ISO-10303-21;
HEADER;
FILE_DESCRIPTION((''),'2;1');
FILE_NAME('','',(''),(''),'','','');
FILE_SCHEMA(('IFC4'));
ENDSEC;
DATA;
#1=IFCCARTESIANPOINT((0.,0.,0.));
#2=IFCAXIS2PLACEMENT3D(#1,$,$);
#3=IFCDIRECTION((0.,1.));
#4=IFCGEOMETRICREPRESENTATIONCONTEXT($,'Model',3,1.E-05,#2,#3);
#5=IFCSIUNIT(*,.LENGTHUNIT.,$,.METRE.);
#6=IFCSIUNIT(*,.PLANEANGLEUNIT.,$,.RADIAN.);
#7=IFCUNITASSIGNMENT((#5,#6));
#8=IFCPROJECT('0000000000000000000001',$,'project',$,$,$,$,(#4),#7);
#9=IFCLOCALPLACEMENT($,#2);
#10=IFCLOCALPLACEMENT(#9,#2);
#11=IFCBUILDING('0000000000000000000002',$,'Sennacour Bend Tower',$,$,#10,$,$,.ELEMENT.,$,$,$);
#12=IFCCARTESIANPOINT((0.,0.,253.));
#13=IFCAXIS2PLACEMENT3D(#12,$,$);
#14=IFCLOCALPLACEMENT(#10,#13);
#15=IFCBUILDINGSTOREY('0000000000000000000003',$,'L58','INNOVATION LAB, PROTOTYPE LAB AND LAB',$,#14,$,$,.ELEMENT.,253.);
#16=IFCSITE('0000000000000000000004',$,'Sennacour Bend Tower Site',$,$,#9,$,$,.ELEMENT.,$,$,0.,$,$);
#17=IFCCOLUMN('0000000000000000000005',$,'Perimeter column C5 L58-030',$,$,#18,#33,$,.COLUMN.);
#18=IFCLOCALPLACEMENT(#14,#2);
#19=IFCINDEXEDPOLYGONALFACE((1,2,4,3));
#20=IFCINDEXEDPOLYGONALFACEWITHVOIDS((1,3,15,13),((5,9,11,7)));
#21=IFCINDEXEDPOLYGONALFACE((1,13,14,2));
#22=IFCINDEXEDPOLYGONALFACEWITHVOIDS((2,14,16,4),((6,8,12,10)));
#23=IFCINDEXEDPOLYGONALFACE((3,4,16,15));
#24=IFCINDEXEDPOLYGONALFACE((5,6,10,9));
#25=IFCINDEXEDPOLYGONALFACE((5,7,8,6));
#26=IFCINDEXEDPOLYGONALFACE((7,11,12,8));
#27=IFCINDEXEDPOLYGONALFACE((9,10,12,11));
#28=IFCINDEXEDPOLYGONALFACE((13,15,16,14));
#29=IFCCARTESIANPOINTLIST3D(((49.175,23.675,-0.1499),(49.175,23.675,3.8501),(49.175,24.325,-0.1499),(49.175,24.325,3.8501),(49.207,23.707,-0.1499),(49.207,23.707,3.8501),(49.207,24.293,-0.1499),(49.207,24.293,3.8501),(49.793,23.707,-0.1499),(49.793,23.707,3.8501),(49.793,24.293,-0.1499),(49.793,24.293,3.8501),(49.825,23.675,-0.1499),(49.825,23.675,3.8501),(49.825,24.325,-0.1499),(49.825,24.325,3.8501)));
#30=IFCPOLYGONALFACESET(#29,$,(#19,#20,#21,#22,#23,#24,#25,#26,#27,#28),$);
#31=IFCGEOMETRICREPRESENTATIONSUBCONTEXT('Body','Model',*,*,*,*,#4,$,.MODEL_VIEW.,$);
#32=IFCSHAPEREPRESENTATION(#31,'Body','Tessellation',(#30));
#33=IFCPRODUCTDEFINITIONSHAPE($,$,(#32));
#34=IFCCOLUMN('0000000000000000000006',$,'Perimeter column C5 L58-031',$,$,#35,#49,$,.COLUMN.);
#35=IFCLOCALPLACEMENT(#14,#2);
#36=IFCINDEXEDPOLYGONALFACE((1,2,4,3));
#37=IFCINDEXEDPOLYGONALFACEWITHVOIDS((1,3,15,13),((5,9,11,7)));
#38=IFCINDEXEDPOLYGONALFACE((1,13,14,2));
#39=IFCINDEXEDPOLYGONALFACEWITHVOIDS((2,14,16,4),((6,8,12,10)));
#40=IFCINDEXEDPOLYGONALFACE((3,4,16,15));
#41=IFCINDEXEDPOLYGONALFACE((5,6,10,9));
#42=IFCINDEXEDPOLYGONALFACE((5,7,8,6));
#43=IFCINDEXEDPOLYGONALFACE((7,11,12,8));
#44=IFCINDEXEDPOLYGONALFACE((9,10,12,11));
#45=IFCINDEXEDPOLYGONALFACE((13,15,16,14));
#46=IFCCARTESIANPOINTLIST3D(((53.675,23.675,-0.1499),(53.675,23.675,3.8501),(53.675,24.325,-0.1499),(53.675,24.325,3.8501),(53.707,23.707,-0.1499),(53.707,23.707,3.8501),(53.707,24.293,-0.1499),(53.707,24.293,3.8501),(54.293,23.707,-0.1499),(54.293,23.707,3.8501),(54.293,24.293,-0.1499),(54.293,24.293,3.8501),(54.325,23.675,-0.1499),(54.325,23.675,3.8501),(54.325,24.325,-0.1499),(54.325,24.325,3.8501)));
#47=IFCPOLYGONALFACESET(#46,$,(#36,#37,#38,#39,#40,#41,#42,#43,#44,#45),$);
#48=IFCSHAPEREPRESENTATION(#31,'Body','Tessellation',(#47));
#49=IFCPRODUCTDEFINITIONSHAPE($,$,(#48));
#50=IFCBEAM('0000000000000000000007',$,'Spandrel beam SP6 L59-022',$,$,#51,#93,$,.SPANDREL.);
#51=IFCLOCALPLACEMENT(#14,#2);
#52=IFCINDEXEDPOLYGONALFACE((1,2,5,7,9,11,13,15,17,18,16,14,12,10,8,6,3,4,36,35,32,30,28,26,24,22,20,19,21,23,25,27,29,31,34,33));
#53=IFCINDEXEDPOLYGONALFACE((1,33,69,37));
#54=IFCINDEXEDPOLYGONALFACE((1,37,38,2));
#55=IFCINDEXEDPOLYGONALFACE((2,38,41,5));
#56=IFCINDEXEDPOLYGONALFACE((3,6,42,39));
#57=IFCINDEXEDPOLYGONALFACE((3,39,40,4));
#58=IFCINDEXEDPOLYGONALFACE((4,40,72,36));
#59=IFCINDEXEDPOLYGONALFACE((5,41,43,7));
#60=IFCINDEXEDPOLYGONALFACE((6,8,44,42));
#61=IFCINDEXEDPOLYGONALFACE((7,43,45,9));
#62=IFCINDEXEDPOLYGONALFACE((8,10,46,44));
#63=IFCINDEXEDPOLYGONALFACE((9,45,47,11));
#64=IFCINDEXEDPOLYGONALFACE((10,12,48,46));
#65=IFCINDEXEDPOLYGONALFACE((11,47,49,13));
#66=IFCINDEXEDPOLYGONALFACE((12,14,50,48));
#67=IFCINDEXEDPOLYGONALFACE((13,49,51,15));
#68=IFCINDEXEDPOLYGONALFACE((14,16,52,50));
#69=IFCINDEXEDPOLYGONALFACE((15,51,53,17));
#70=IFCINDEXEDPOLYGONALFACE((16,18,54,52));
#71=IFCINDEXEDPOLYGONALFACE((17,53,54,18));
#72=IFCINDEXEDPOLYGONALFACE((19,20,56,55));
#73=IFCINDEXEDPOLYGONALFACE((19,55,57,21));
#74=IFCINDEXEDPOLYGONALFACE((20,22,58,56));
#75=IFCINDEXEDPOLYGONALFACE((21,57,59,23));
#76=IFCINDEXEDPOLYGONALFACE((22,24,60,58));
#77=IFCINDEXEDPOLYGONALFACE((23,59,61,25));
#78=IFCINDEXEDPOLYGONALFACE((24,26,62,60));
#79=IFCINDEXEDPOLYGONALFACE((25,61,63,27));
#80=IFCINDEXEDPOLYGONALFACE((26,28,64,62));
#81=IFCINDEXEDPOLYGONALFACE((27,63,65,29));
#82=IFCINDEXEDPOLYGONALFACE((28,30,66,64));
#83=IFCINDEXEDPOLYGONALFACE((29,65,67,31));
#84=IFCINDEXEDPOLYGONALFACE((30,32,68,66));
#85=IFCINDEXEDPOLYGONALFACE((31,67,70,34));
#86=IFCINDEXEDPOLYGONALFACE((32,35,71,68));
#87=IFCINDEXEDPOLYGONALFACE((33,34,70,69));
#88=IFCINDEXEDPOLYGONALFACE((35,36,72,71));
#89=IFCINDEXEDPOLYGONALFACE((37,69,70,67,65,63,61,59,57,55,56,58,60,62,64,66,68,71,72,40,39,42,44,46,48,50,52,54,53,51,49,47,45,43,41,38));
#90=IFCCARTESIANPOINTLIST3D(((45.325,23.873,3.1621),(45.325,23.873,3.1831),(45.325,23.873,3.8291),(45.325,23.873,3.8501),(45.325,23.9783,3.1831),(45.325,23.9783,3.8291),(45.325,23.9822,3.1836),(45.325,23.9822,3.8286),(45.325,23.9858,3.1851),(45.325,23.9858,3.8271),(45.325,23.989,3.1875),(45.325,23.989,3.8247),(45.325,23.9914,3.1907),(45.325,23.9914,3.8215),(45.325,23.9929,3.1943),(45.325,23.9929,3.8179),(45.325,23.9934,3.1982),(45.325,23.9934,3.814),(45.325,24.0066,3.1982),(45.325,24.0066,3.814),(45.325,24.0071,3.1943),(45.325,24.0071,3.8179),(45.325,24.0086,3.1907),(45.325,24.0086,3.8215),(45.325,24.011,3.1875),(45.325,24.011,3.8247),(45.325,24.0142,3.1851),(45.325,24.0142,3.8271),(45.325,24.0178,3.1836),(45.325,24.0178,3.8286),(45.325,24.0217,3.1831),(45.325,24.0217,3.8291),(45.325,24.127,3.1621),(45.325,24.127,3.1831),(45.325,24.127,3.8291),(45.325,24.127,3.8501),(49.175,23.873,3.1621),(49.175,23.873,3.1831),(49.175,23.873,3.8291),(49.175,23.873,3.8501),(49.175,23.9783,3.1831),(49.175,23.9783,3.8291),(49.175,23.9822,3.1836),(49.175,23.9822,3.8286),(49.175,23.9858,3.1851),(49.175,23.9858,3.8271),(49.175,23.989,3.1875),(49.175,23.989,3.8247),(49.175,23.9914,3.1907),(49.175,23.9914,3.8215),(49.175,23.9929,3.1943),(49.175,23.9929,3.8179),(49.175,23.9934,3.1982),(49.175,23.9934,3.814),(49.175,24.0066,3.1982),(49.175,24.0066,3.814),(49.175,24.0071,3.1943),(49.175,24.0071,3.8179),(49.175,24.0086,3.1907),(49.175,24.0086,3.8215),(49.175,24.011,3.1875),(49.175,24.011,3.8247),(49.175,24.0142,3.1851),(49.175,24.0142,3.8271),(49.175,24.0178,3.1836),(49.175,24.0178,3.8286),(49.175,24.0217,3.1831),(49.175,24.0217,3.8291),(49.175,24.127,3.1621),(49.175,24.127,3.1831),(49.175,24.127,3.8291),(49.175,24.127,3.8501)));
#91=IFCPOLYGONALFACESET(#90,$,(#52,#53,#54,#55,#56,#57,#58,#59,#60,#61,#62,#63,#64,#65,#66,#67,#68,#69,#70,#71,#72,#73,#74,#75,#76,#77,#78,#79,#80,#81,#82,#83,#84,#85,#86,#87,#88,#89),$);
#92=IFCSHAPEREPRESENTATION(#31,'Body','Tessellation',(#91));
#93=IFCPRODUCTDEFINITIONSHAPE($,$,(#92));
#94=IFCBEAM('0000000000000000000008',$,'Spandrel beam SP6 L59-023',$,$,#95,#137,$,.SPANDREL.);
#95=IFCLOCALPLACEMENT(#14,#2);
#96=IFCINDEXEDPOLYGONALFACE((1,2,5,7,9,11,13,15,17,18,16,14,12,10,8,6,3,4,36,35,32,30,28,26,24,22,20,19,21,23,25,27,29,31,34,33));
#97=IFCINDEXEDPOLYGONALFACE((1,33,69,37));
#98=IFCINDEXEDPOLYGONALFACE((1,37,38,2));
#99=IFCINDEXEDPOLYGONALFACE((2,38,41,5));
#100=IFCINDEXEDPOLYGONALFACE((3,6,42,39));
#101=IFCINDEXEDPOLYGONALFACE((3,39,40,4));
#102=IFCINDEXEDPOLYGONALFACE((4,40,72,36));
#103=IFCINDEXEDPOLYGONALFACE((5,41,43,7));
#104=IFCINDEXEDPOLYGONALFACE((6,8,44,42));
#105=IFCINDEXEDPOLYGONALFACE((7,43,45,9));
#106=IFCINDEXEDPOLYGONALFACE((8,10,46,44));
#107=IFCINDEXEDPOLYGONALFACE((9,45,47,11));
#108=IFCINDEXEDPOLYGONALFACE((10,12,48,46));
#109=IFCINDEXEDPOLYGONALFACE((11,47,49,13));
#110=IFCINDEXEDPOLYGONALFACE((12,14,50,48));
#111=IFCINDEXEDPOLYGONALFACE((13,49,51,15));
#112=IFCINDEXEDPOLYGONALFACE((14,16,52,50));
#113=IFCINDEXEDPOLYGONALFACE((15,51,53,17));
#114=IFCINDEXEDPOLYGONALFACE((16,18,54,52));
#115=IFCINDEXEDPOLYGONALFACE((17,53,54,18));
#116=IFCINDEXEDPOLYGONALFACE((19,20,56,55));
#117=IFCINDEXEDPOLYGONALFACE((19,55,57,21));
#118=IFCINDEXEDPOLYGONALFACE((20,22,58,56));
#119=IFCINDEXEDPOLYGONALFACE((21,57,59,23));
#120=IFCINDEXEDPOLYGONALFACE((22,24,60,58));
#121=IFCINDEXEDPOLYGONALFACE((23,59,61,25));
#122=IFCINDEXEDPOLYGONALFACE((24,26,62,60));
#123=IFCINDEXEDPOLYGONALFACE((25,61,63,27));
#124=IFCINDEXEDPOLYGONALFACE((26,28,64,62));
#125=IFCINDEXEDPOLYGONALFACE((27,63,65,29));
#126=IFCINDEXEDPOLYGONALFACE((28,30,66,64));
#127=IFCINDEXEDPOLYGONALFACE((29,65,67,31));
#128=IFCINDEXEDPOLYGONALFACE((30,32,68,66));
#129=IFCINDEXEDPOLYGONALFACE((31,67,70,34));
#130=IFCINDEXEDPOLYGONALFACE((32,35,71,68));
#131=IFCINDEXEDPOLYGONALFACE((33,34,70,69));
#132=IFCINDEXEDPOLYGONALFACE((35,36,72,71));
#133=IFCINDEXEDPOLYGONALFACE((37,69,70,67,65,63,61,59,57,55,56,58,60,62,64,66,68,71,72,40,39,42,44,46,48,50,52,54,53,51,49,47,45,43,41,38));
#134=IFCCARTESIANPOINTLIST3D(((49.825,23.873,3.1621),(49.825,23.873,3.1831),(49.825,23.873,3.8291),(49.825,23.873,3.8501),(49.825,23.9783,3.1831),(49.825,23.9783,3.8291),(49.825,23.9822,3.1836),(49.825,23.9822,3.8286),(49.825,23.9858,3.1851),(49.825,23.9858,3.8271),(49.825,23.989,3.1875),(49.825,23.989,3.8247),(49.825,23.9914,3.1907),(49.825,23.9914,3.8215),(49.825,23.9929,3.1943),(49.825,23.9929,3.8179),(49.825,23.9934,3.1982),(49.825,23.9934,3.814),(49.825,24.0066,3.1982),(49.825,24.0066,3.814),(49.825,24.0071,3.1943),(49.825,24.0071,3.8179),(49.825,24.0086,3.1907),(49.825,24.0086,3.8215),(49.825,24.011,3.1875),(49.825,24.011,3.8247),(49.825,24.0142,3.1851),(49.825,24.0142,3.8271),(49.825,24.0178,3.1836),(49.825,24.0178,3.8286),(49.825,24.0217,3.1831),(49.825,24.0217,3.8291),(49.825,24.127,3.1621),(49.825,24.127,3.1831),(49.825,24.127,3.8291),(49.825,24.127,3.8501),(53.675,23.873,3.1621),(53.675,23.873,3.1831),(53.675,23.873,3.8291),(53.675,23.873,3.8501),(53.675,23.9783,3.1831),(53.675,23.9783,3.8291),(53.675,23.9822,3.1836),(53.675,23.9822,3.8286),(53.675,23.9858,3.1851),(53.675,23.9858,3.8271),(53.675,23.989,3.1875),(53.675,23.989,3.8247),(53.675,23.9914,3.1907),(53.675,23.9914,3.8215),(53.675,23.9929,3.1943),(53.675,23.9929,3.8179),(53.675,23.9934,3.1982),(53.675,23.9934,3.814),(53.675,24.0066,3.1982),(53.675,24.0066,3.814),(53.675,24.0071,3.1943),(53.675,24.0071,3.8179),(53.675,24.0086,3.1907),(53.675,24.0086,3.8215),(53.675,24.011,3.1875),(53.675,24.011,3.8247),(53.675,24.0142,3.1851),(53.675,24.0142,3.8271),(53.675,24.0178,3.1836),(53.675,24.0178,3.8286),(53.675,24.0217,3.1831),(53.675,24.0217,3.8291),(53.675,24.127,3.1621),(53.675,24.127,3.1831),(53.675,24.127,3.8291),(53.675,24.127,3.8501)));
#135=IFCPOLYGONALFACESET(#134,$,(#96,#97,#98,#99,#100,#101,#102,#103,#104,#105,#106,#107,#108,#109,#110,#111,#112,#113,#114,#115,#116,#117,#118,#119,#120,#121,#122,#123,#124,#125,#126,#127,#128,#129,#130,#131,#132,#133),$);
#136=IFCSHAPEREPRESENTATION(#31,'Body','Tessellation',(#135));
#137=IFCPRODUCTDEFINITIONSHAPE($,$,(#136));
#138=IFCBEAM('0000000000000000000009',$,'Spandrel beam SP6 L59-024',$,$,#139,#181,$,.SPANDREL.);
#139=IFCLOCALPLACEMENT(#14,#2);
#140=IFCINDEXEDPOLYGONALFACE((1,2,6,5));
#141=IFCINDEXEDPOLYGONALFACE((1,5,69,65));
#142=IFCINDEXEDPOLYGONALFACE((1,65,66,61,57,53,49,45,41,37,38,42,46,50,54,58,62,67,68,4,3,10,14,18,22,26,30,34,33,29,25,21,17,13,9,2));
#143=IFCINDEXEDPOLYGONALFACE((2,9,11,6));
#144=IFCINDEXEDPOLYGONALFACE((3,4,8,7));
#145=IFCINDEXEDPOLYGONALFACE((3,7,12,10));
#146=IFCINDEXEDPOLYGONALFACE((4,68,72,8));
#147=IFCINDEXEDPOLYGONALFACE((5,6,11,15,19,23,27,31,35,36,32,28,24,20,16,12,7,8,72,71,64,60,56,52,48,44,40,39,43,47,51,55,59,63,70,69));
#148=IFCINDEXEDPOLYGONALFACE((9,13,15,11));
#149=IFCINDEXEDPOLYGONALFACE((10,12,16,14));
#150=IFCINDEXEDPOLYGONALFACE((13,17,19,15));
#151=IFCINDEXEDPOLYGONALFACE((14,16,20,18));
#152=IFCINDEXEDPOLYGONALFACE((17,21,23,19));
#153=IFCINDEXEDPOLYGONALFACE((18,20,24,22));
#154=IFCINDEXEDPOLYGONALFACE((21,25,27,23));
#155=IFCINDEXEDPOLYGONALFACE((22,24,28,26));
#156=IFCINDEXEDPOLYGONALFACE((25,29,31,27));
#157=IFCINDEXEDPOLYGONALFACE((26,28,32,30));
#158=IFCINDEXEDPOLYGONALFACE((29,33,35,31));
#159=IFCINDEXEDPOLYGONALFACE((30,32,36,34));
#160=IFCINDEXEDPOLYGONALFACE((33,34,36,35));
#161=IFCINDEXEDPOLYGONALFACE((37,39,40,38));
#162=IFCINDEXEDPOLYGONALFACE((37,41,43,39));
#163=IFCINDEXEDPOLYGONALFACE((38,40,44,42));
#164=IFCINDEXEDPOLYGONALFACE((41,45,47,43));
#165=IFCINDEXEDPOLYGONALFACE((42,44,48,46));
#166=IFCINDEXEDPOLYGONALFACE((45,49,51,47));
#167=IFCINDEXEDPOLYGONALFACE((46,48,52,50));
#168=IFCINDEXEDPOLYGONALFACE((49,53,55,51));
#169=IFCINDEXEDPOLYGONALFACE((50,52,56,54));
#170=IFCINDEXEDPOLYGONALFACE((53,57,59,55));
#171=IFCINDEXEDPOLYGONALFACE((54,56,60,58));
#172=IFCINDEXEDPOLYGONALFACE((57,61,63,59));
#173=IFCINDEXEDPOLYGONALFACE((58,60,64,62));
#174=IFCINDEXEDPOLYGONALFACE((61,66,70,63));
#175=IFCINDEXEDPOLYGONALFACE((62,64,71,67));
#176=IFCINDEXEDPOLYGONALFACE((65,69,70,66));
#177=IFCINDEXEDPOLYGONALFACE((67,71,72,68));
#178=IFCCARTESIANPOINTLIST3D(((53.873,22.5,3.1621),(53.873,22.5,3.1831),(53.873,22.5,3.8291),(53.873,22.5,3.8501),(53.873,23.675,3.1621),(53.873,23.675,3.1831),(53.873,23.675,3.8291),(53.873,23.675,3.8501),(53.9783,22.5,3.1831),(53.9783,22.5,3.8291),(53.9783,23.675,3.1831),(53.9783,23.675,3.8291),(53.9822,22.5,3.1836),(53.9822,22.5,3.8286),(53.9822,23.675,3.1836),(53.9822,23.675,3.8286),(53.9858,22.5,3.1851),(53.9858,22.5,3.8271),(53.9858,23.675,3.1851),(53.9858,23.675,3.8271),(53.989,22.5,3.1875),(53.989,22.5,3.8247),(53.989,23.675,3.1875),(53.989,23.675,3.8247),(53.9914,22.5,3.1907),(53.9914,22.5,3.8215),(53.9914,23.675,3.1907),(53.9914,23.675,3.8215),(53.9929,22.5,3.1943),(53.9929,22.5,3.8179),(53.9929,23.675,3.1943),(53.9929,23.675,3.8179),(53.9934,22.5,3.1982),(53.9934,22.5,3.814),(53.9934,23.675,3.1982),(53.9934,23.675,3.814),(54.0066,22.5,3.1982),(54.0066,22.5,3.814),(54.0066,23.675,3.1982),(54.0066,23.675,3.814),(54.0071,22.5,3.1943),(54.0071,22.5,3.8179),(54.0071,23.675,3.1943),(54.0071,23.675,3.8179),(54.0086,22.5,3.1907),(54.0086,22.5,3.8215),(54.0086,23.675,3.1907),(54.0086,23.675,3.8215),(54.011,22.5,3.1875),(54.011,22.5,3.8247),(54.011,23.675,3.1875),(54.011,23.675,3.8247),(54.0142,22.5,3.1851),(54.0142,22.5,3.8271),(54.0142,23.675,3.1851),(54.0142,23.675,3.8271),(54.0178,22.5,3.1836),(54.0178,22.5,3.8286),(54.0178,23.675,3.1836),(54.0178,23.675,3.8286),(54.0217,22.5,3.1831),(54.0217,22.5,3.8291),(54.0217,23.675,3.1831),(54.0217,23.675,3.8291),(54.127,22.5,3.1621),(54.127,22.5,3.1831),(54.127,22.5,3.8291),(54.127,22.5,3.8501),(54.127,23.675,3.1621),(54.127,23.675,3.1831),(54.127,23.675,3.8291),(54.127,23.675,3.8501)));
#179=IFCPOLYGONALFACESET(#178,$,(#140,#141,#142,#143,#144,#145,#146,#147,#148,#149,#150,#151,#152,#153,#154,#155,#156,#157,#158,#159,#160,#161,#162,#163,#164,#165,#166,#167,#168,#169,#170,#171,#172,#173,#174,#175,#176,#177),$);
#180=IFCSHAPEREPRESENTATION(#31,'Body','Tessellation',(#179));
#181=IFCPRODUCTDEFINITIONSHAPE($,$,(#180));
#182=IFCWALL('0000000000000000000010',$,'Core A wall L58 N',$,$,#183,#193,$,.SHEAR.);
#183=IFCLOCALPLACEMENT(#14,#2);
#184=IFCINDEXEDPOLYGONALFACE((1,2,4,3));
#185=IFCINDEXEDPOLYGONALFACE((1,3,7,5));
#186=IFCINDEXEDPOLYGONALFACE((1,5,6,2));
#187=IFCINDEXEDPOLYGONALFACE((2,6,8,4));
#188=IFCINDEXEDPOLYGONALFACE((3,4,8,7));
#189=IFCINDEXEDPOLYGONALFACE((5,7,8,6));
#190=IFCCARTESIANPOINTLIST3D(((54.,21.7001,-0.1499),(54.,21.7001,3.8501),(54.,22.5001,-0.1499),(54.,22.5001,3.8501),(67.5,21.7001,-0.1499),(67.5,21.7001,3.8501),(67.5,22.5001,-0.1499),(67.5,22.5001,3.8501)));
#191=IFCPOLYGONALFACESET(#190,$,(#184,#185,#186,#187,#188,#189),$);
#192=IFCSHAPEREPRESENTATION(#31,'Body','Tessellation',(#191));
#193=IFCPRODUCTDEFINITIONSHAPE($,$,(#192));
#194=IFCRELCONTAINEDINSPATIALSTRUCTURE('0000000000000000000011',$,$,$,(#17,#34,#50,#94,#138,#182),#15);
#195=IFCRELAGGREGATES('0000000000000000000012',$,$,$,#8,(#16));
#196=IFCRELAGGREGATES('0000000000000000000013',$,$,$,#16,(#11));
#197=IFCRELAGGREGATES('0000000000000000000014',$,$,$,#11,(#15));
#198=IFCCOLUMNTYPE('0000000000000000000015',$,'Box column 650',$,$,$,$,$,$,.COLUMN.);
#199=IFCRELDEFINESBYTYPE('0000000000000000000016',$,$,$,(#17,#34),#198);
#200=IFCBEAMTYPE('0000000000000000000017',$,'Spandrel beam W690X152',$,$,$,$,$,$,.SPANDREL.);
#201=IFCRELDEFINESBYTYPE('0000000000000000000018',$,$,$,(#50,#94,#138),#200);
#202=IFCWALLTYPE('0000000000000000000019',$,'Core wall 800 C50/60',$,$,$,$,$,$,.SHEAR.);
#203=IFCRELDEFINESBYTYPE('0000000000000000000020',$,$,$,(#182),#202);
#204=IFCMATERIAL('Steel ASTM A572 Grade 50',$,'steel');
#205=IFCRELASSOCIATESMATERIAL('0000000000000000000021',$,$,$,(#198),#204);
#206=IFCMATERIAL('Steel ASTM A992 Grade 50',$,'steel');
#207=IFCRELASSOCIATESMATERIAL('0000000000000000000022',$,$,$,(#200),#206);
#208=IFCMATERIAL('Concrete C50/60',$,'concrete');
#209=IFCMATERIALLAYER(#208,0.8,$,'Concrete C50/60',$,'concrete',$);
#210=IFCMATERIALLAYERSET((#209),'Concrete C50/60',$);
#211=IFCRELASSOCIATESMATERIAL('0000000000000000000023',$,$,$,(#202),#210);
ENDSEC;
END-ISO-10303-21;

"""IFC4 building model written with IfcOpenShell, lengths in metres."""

from ifc_helpers import new_model, si_unit, direction, frame, frame_2d, origin, origin_2d, place, context, subcontext, project, spatial, rectangle, hollow_rectangle, i_section, extrude, material, layer, layer_set, material_profile, profile_set, type_object, element, save


model = new_model("IFC4")

# Units and contexts
model_context = context("Model", 3, precision=1e-05, world=origin(), true_north=direction((0.0, 1.0)))
body_context = subcontext(model_context, "Body", "Model", "MODEL_VIEW")
ifc_project = project(units=[si_unit("LENGTHUNIT", "METRE"), si_unit("PLANEANGLEUNIT", "RADIAN")], contexts=[model_context])

# Site, building, storey
site_placement = place(None, origin())
site = spatial("IfcSite", under=ifc_project, at=site_placement, Name="Sennacour Bend Tower Site", CompositionType="ELEMENT", RefElevation=0.0)
building_placement = place(site_placement, origin())
building = spatial("IfcBuilding", under=site, at=building_placement, Name="Sennacour Bend Tower", CompositionType="ELEMENT")
storey_placement = place(building_placement, frame((0.0, 0.0, 253.0)))
storey = spatial("IfcBuildingStorey", under=building, at=storey_placement, Name="L58", Description="INNOVATION LAB, PROTOTYPE LAB AND LAB", CompositionType="ELEMENT", Elevation=253.0)

# Columns
ifc_material_1 = material(Name="Steel ASTM A572 Grade 50", Category="steel")
ifc_material_profile_1 = material_profile(ifc_material_1, hollow_rectangle(XDim=0.6499, YDim=0.6499, WallThickness=0.032, at=origin_2d()), Name="Steel ASTM A572 Grade 50", Category="steel")
ifc_profile_set_1 = profile_set([ifc_material_profile_1], Name="Steel ASTM A572 Grade 50")
column_type = type_object("IfcColumnType", Name="Box column 650", PredefinedType="COLUMN", material=ifc_profile_set_1)
for number, where, z_axis, x_axis, name in (
    (1, (49.5, 24.0, -0.1499), (0.0, 0.0, 1.0), (1.0, 0.0, 0.0), "Perimeter column C5 L58-030"),
    (2, (54.0, 24.0, -0.1499), (0.0, 0.0, 1.0), (1.0, 0.0, 0.0), "Perimeter column C5 L58-031"),
):
    element("IfcColumn", number, at=place(storey_placement, frame(where, z_axis=z_axis, x_axis=x_axis)), inside=storey, type_object=column_type, Name=name, PredefinedType="COLUMN", context=body_context, shape_type="SweptSolid", body=[
        extrude(hollow_rectangle(XDim=0.6499, YDim=0.6499, WallThickness=0.032, at=origin_2d()), origin(), (0.0, 0.0, 1.0), 4.0),
    ])

# Beams
ifc_material_2 = material(Name="Steel ASTM A992 Grade 50", Category="steel")
ifc_material_profile_2 = material_profile(ifc_material_2, i_section(OverallWidth=0.2539, OverallDepth=0.688, WebThickness=0.0132, FlangeThickness=0.021, FilletRadius=0.0151, at=origin_2d()), Name="Steel ASTM A992 Grade 50", Category="steel")
ifc_profile_set_2 = profile_set([ifc_material_profile_2], Name="Steel ASTM A992 Grade 50")
beam_type = type_object("IfcBeamType", Name="Spandrel beam W690X152", PredefinedType="SPANDREL", material=ifc_profile_set_2)
for number, where, z_axis, x_axis, name in (
    (3, (45.325, 24.0, 3.5061), (1.0, 0.0, 0.0), (0.0, 1.0, 0.0), "Spandrel beam SP6 L59-022"),
    (4, (49.825, 24.0, 3.5061), (1.0, 0.0, 0.0), (0.0, 1.0, 0.0), "Spandrel beam SP6 L59-023"),
):
    element("IfcBeam", number, at=place(storey_placement, frame(where, z_axis=z_axis, x_axis=x_axis)), inside=storey, type_object=beam_type, Name=name, PredefinedType="SPANDREL", context=body_context, shape_type="SweptSolid", body=[
        extrude(i_section(OverallWidth=0.2539, OverallDepth=0.688, WebThickness=0.0132, FlangeThickness=0.021, FilletRadius=0.0151, at=origin_2d()), origin(), (0.0, 0.0, 1.0), 3.8501),
    ])
beam_placement = place(storey_placement, frame((54.0, 23.675, 3.5061), z_axis=(0.0, -1.0, 0.0), x_axis=(1.0, 0.0, 0.0)))
element("IfcBeam", 5, at=beam_placement, inside=storey, type_object=beam_type, Name="Spandrel beam SP6 L59-024", PredefinedType="SPANDREL", context=body_context, shape_type="SweptSolid", body=[
    extrude(i_section(OverallWidth=0.2539, OverallDepth=0.688, WebThickness=0.0132, FlangeThickness=0.021, FilletRadius=0.0151, at=origin_2d()), origin(), (0.0, 0.0, 1.0), 1.175),
])

# Wall
ifc_material_3 = material(Name="Concrete C50/60", Category="concrete")
ifc_layer_1 = layer(ifc_material_3, 0.8, Name="Concrete C50/60", Category="concrete")
ifc_layer_set_1 = layer_set([ifc_layer_1], Name="Concrete C50/60")
wall_type_1 = type_object("IfcWallType", Name="Core wall 800 C50/60", PredefinedType="SHEAR", material=ifc_layer_set_1)
wall_1_placement = place(storey_placement, frame((54.0, 22.1001, -0.1499), z_axis=(0.0, 0.0, 1.0), x_axis=(1.0, 0.0, 0.0)))
element("IfcWall", 6, at=wall_1_placement, inside=storey, type_object=wall_type_1, Name="Core A wall L58 N", PredefinedType="SHEAR", context=body_context, shape_type="SweptSolid", body=[
    extrude(rectangle(XDim=13.5, YDim=0.8, at=frame_2d((6.75, 0.0))), origin(), (0.0, 0.0, 1.0), 4.0),
])

save(model, "model.ifc")
